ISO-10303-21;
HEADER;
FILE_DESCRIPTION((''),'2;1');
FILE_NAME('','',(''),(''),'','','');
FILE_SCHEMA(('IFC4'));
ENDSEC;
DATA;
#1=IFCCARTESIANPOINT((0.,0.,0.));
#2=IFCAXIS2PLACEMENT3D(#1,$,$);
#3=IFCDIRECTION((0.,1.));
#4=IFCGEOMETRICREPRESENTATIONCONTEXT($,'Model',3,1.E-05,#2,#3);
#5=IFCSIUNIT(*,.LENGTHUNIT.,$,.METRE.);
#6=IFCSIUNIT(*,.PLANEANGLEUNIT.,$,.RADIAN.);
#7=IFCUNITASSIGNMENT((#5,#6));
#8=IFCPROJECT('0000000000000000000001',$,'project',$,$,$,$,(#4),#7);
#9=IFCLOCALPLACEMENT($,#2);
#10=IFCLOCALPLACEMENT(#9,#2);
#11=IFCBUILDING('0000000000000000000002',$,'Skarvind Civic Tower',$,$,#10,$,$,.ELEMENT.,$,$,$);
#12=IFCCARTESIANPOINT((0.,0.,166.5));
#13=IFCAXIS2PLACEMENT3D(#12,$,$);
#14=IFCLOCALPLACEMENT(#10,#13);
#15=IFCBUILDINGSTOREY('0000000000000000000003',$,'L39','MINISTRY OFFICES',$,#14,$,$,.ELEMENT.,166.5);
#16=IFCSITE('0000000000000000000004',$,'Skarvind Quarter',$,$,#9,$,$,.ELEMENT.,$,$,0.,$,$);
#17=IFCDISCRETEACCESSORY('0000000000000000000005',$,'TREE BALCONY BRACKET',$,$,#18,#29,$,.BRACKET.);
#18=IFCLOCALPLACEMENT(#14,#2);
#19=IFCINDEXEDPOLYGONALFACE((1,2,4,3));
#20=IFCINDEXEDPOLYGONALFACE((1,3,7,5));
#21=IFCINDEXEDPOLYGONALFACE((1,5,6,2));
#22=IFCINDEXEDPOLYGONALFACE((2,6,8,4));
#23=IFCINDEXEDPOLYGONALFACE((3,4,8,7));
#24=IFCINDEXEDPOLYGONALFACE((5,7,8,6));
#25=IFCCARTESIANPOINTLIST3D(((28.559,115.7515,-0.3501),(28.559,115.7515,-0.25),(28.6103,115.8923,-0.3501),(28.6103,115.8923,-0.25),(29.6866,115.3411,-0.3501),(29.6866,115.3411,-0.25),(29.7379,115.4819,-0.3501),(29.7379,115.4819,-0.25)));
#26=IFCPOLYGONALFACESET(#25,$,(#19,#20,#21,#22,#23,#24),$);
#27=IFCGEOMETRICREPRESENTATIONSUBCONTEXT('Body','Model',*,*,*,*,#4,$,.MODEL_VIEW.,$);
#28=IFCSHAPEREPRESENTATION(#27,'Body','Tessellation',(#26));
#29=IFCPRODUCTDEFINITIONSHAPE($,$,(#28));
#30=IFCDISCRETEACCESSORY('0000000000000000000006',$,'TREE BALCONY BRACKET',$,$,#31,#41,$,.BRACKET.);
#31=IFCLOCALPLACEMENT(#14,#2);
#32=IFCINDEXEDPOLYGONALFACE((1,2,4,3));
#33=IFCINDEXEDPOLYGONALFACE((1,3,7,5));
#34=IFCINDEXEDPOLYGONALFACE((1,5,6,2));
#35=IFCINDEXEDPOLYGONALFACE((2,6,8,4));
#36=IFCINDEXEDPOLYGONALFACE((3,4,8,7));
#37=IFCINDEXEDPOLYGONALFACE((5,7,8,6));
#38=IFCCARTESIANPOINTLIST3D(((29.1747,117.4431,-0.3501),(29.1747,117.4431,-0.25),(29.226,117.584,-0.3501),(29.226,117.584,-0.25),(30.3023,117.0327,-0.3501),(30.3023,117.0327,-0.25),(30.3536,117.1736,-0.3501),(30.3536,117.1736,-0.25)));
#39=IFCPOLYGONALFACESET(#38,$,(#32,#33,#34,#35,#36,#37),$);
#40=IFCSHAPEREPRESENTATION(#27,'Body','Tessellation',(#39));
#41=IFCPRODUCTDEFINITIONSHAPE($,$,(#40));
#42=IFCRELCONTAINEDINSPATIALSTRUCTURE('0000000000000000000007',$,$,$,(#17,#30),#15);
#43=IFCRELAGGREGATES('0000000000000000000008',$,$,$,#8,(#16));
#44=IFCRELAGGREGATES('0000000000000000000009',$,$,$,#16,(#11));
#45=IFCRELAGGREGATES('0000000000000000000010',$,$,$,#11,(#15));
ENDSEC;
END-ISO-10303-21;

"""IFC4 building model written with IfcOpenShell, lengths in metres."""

from ifc_helpers import new_model, si_unit, direction, frame, origin, origin_2d, place, context, subcontext, project, spatial, rectangle, extrude, element, save


model = new_model("IFC4")

# Units and contexts
model_context = context("Model", 3, precision=1e-05, world=origin(), true_north=direction((0.0, 1.0)))
body_context = subcontext(model_context, "Body", "Model", "MODEL_VIEW")
ifc_project = project(units=[si_unit("LENGTHUNIT", "METRE"), si_unit("PLANEANGLEUNIT", "RADIAN")], contexts=[model_context])

# Site, building, storey
site_placement = place(None, origin())
site = spatial("IfcSite", under=ifc_project, at=site_placement, Name="Skarvind Quarter", CompositionType="ELEMENT", RefElevation=0.0)
building_placement = place(site_placement, origin())
building = spatial("IfcBuilding", under=site, at=building_placement, Name="Skarvind Civic Tower", CompositionType="ELEMENT")
storey_placement = place(building_placement, frame((0.0, 0.0, 166.5)))
storey = spatial("IfcBuildingStorey", under=building, at=storey_placement, Name="L39", Description="MINISTRY OFFICES", CompositionType="ELEMENT", Elevation=166.5)

# Discrete accessories
for number, where, z_axis, x_axis, name in (
    (1, (29.1484, 115.6167, -0.3501), (0.0, 0.0, 1.0), (0.34202, 0.939693, 0.0), "TREE BALCONY BRACKET"),
    (2, (29.7642, 117.3083, -0.3501), (0.0, 0.0, 1.0), (0.34202, 0.939693, 0.0), "TREE BALCONY BRACKET"),
):
    element("IfcDiscreteAccessory", number, at=place(storey_placement, frame(where, z_axis=z_axis, x_axis=x_axis)), inside=storey, Name=name, PredefinedType="BRACKET", context=body_context, shape_type="SweptSolid", body=[
        extrude(rectangle(XDim=0.1499, YDim=1.2, at=origin_2d()), origin(), (0.0, 0.0, 1.0), 0.1001),
    ])

save(model, "model.ifc")
